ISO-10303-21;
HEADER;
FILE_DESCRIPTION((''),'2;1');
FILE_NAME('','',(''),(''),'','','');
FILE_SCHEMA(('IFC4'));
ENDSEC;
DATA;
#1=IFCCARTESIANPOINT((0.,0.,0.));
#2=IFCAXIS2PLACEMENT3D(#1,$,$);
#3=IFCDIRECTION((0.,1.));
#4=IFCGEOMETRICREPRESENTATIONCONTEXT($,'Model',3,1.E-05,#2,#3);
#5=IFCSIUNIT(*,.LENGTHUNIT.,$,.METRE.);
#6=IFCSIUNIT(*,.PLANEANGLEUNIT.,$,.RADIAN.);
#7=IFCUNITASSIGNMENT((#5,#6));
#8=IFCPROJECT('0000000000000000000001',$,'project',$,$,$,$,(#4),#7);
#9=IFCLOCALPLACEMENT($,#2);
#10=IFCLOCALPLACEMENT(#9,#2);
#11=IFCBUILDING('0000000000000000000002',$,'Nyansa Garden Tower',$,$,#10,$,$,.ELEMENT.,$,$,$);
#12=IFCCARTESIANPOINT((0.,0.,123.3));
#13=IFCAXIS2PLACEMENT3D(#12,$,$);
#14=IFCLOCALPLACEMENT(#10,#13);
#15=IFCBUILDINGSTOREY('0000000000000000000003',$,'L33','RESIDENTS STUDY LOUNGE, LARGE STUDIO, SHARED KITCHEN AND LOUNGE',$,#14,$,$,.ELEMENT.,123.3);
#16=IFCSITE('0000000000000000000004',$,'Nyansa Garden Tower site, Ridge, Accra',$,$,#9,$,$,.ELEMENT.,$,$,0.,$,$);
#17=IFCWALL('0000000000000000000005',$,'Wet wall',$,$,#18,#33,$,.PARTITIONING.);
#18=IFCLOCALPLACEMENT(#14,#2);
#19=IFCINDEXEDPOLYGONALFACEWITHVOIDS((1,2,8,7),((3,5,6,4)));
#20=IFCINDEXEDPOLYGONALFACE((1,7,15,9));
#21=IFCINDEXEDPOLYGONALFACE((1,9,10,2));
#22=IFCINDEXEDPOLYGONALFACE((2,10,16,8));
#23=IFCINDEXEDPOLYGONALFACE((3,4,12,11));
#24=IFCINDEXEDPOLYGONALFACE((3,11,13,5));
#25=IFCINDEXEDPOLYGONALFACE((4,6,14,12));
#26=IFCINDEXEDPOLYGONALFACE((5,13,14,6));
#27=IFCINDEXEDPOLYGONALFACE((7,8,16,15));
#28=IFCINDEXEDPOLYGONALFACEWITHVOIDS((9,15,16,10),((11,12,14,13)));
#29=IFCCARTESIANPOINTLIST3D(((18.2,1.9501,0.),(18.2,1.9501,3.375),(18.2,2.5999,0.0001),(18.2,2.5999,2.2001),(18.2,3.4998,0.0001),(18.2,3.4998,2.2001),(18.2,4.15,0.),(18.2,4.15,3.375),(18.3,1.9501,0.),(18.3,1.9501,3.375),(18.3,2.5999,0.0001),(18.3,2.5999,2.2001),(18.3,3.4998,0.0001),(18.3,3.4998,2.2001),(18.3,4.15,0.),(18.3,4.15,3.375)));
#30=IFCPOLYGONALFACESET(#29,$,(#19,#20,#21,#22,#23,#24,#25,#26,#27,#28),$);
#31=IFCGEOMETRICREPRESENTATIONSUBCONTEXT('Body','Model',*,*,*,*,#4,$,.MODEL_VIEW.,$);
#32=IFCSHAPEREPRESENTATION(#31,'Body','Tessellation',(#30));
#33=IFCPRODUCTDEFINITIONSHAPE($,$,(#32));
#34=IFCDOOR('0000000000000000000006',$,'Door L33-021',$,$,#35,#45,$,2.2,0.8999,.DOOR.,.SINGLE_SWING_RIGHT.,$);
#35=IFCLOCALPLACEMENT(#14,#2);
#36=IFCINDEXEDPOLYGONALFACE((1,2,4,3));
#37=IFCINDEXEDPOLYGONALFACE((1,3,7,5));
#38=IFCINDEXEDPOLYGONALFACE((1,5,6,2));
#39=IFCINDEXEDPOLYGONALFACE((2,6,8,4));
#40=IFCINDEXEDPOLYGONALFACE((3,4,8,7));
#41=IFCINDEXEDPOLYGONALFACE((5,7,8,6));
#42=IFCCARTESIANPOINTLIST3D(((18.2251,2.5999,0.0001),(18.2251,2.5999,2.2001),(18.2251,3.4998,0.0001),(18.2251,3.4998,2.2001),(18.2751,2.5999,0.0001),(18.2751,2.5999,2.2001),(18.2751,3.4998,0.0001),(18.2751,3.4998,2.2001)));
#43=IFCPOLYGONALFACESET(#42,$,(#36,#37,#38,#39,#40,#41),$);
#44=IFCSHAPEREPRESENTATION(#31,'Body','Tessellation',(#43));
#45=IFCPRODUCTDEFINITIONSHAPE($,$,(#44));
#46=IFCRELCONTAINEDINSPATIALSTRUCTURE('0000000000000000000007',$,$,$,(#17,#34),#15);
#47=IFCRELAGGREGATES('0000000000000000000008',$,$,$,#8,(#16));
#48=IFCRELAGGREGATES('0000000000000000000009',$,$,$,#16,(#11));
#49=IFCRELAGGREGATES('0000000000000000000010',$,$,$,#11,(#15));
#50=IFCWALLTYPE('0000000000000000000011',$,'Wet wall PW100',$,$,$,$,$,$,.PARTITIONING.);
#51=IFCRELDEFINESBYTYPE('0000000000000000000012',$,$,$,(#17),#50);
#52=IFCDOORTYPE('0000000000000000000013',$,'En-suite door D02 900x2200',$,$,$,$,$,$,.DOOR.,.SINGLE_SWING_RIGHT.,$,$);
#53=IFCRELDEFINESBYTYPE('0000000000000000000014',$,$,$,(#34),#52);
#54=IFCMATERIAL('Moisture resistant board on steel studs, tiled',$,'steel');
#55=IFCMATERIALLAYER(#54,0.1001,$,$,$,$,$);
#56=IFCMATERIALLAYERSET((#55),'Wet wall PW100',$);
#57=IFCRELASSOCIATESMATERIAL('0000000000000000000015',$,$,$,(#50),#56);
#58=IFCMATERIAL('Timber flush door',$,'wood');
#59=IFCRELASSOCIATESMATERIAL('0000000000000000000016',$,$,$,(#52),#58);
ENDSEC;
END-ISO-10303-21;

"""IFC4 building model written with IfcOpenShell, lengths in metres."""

from ifc_helpers import new_model, si_unit, direction, frame, frame_2d, origin, place, context, subcontext, project, spatial, rectangle, extrude, material, layer, layer_set, type_object, element, fill, save


model = new_model("IFC4")

# Units and contexts
model_context = context("Model", 3, precision=1e-05, world=origin(), true_north=direction((0.0, 1.0)))
body_context = subcontext(model_context, "Body", "Model", "MODEL_VIEW")
ifc_project = project(units=[si_unit("LENGTHUNIT", "METRE"), si_unit("PLANEANGLEUNIT", "RADIAN")], contexts=[model_context])

# Site, building, storey
site_placement = place(None, origin())
site = spatial("IfcSite", under=ifc_project, at=site_placement, Name="Nyansa Garden Tower site, Ridge, Accra", CompositionType="ELEMENT", RefElevation=0.0)
building_placement = place(site_placement, origin())
building = spatial("IfcBuilding", under=site, at=building_placement, Name="Nyansa Garden Tower", CompositionType="ELEMENT")
storey_placement = place(building_placement, frame((0.0, 0.0, 123.3)))
storey = spatial("IfcBuildingStorey", under=building, at=storey_placement, Name="L33", Description="RESIDENTS STUDY LOUNGE, LARGE STUDIO, SHARED KITCHEN AND LOUNGE", CompositionType="ELEMENT", Elevation=123.3)

# Shared definitions
ifc_material_1 = material(Name="Moisture resistant board on steel studs, tiled", Category="steel")
ifc_layer_1 = layer(ifc_material_1, 0.1001)
ifc_layer_set_1 = layer_set([ifc_layer_1], Name="Wet wall PW100")
wall_type_1 = type_object("IfcWallType", Name="Wet wall PW100", PredefinedType="PARTITIONING", material=ifc_layer_set_1)
ifc_material_2 = material(Name="Timber flush door", Category="wood")
door_type_1 = type_object("IfcDoorType", Name="En-suite door D02 900x2200", OperationType="SINGLE_SWING_RIGHT", PredefinedType="DOOR", material=ifc_material_2)

# Wall, opening, door
wall_1_placement = place(storey_placement, frame((18.25, 1.95, 0.0), z_axis=(0.0, 0.0, 1.0), x_axis=(0.0, 1.0, 0.0)))
wall_1 = element("IfcWall", 1, at=wall_1_placement, inside=storey, type_object=wall_type_1, Name="Wet wall", PredefinedType="PARTITIONING", context=body_context, shape_type="SweptSolid", body=[
    extrude(rectangle(XDim=2.2, YDim=0.1001, at=frame_2d((1.1001, 0.0))), origin(), (0.0, 0.0, 1.0), 3.375),
])
opening_1_placement = place(wall_1_placement, frame((0.6499, 0.0, 0.0)))
opening_1 = element("IfcOpeningElement", 2, at=opening_1_placement, cuts=wall_1, PredefinedType="OPENING", context=body_context, shape_type="SweptSolid", body=[
    extrude(rectangle(XDim=0.8999, YDim=2.2, at=frame_2d((0.45, 1.1001))), frame((0.0, 0.0601, 0.0), z_axis=(0.0, -1.0, 0.0), x_axis=(1.0, 0.0, 0.0)), (0.0, 0.0, 1.0), 0.1201),
])
door_1_placement = place(opening_1_placement, origin())
door_1 = element("IfcDoor", 3, at=door_1_placement, inside=storey, type_object=door_type_1, Name="Door L33-021", OperationType="SINGLE_SWING_RIGHT", OverallHeight=2.2, OverallWidth=0.8999, PredefinedType="DOOR", context=body_context, shape_type="SweptSolid", body=[
    extrude(rectangle(XDim=0.8999, YDim=2.2, at=frame_2d((0.45, 1.1001))), frame((0.0, 0.0249, 0.0), z_axis=(0.0, -1.0, 0.0), x_axis=(1.0, 0.0, 0.0)), (0.0, 0.0, 1.0), 0.05),
])
fill(opening_1, door_1)

save(model, "model.ifc")
